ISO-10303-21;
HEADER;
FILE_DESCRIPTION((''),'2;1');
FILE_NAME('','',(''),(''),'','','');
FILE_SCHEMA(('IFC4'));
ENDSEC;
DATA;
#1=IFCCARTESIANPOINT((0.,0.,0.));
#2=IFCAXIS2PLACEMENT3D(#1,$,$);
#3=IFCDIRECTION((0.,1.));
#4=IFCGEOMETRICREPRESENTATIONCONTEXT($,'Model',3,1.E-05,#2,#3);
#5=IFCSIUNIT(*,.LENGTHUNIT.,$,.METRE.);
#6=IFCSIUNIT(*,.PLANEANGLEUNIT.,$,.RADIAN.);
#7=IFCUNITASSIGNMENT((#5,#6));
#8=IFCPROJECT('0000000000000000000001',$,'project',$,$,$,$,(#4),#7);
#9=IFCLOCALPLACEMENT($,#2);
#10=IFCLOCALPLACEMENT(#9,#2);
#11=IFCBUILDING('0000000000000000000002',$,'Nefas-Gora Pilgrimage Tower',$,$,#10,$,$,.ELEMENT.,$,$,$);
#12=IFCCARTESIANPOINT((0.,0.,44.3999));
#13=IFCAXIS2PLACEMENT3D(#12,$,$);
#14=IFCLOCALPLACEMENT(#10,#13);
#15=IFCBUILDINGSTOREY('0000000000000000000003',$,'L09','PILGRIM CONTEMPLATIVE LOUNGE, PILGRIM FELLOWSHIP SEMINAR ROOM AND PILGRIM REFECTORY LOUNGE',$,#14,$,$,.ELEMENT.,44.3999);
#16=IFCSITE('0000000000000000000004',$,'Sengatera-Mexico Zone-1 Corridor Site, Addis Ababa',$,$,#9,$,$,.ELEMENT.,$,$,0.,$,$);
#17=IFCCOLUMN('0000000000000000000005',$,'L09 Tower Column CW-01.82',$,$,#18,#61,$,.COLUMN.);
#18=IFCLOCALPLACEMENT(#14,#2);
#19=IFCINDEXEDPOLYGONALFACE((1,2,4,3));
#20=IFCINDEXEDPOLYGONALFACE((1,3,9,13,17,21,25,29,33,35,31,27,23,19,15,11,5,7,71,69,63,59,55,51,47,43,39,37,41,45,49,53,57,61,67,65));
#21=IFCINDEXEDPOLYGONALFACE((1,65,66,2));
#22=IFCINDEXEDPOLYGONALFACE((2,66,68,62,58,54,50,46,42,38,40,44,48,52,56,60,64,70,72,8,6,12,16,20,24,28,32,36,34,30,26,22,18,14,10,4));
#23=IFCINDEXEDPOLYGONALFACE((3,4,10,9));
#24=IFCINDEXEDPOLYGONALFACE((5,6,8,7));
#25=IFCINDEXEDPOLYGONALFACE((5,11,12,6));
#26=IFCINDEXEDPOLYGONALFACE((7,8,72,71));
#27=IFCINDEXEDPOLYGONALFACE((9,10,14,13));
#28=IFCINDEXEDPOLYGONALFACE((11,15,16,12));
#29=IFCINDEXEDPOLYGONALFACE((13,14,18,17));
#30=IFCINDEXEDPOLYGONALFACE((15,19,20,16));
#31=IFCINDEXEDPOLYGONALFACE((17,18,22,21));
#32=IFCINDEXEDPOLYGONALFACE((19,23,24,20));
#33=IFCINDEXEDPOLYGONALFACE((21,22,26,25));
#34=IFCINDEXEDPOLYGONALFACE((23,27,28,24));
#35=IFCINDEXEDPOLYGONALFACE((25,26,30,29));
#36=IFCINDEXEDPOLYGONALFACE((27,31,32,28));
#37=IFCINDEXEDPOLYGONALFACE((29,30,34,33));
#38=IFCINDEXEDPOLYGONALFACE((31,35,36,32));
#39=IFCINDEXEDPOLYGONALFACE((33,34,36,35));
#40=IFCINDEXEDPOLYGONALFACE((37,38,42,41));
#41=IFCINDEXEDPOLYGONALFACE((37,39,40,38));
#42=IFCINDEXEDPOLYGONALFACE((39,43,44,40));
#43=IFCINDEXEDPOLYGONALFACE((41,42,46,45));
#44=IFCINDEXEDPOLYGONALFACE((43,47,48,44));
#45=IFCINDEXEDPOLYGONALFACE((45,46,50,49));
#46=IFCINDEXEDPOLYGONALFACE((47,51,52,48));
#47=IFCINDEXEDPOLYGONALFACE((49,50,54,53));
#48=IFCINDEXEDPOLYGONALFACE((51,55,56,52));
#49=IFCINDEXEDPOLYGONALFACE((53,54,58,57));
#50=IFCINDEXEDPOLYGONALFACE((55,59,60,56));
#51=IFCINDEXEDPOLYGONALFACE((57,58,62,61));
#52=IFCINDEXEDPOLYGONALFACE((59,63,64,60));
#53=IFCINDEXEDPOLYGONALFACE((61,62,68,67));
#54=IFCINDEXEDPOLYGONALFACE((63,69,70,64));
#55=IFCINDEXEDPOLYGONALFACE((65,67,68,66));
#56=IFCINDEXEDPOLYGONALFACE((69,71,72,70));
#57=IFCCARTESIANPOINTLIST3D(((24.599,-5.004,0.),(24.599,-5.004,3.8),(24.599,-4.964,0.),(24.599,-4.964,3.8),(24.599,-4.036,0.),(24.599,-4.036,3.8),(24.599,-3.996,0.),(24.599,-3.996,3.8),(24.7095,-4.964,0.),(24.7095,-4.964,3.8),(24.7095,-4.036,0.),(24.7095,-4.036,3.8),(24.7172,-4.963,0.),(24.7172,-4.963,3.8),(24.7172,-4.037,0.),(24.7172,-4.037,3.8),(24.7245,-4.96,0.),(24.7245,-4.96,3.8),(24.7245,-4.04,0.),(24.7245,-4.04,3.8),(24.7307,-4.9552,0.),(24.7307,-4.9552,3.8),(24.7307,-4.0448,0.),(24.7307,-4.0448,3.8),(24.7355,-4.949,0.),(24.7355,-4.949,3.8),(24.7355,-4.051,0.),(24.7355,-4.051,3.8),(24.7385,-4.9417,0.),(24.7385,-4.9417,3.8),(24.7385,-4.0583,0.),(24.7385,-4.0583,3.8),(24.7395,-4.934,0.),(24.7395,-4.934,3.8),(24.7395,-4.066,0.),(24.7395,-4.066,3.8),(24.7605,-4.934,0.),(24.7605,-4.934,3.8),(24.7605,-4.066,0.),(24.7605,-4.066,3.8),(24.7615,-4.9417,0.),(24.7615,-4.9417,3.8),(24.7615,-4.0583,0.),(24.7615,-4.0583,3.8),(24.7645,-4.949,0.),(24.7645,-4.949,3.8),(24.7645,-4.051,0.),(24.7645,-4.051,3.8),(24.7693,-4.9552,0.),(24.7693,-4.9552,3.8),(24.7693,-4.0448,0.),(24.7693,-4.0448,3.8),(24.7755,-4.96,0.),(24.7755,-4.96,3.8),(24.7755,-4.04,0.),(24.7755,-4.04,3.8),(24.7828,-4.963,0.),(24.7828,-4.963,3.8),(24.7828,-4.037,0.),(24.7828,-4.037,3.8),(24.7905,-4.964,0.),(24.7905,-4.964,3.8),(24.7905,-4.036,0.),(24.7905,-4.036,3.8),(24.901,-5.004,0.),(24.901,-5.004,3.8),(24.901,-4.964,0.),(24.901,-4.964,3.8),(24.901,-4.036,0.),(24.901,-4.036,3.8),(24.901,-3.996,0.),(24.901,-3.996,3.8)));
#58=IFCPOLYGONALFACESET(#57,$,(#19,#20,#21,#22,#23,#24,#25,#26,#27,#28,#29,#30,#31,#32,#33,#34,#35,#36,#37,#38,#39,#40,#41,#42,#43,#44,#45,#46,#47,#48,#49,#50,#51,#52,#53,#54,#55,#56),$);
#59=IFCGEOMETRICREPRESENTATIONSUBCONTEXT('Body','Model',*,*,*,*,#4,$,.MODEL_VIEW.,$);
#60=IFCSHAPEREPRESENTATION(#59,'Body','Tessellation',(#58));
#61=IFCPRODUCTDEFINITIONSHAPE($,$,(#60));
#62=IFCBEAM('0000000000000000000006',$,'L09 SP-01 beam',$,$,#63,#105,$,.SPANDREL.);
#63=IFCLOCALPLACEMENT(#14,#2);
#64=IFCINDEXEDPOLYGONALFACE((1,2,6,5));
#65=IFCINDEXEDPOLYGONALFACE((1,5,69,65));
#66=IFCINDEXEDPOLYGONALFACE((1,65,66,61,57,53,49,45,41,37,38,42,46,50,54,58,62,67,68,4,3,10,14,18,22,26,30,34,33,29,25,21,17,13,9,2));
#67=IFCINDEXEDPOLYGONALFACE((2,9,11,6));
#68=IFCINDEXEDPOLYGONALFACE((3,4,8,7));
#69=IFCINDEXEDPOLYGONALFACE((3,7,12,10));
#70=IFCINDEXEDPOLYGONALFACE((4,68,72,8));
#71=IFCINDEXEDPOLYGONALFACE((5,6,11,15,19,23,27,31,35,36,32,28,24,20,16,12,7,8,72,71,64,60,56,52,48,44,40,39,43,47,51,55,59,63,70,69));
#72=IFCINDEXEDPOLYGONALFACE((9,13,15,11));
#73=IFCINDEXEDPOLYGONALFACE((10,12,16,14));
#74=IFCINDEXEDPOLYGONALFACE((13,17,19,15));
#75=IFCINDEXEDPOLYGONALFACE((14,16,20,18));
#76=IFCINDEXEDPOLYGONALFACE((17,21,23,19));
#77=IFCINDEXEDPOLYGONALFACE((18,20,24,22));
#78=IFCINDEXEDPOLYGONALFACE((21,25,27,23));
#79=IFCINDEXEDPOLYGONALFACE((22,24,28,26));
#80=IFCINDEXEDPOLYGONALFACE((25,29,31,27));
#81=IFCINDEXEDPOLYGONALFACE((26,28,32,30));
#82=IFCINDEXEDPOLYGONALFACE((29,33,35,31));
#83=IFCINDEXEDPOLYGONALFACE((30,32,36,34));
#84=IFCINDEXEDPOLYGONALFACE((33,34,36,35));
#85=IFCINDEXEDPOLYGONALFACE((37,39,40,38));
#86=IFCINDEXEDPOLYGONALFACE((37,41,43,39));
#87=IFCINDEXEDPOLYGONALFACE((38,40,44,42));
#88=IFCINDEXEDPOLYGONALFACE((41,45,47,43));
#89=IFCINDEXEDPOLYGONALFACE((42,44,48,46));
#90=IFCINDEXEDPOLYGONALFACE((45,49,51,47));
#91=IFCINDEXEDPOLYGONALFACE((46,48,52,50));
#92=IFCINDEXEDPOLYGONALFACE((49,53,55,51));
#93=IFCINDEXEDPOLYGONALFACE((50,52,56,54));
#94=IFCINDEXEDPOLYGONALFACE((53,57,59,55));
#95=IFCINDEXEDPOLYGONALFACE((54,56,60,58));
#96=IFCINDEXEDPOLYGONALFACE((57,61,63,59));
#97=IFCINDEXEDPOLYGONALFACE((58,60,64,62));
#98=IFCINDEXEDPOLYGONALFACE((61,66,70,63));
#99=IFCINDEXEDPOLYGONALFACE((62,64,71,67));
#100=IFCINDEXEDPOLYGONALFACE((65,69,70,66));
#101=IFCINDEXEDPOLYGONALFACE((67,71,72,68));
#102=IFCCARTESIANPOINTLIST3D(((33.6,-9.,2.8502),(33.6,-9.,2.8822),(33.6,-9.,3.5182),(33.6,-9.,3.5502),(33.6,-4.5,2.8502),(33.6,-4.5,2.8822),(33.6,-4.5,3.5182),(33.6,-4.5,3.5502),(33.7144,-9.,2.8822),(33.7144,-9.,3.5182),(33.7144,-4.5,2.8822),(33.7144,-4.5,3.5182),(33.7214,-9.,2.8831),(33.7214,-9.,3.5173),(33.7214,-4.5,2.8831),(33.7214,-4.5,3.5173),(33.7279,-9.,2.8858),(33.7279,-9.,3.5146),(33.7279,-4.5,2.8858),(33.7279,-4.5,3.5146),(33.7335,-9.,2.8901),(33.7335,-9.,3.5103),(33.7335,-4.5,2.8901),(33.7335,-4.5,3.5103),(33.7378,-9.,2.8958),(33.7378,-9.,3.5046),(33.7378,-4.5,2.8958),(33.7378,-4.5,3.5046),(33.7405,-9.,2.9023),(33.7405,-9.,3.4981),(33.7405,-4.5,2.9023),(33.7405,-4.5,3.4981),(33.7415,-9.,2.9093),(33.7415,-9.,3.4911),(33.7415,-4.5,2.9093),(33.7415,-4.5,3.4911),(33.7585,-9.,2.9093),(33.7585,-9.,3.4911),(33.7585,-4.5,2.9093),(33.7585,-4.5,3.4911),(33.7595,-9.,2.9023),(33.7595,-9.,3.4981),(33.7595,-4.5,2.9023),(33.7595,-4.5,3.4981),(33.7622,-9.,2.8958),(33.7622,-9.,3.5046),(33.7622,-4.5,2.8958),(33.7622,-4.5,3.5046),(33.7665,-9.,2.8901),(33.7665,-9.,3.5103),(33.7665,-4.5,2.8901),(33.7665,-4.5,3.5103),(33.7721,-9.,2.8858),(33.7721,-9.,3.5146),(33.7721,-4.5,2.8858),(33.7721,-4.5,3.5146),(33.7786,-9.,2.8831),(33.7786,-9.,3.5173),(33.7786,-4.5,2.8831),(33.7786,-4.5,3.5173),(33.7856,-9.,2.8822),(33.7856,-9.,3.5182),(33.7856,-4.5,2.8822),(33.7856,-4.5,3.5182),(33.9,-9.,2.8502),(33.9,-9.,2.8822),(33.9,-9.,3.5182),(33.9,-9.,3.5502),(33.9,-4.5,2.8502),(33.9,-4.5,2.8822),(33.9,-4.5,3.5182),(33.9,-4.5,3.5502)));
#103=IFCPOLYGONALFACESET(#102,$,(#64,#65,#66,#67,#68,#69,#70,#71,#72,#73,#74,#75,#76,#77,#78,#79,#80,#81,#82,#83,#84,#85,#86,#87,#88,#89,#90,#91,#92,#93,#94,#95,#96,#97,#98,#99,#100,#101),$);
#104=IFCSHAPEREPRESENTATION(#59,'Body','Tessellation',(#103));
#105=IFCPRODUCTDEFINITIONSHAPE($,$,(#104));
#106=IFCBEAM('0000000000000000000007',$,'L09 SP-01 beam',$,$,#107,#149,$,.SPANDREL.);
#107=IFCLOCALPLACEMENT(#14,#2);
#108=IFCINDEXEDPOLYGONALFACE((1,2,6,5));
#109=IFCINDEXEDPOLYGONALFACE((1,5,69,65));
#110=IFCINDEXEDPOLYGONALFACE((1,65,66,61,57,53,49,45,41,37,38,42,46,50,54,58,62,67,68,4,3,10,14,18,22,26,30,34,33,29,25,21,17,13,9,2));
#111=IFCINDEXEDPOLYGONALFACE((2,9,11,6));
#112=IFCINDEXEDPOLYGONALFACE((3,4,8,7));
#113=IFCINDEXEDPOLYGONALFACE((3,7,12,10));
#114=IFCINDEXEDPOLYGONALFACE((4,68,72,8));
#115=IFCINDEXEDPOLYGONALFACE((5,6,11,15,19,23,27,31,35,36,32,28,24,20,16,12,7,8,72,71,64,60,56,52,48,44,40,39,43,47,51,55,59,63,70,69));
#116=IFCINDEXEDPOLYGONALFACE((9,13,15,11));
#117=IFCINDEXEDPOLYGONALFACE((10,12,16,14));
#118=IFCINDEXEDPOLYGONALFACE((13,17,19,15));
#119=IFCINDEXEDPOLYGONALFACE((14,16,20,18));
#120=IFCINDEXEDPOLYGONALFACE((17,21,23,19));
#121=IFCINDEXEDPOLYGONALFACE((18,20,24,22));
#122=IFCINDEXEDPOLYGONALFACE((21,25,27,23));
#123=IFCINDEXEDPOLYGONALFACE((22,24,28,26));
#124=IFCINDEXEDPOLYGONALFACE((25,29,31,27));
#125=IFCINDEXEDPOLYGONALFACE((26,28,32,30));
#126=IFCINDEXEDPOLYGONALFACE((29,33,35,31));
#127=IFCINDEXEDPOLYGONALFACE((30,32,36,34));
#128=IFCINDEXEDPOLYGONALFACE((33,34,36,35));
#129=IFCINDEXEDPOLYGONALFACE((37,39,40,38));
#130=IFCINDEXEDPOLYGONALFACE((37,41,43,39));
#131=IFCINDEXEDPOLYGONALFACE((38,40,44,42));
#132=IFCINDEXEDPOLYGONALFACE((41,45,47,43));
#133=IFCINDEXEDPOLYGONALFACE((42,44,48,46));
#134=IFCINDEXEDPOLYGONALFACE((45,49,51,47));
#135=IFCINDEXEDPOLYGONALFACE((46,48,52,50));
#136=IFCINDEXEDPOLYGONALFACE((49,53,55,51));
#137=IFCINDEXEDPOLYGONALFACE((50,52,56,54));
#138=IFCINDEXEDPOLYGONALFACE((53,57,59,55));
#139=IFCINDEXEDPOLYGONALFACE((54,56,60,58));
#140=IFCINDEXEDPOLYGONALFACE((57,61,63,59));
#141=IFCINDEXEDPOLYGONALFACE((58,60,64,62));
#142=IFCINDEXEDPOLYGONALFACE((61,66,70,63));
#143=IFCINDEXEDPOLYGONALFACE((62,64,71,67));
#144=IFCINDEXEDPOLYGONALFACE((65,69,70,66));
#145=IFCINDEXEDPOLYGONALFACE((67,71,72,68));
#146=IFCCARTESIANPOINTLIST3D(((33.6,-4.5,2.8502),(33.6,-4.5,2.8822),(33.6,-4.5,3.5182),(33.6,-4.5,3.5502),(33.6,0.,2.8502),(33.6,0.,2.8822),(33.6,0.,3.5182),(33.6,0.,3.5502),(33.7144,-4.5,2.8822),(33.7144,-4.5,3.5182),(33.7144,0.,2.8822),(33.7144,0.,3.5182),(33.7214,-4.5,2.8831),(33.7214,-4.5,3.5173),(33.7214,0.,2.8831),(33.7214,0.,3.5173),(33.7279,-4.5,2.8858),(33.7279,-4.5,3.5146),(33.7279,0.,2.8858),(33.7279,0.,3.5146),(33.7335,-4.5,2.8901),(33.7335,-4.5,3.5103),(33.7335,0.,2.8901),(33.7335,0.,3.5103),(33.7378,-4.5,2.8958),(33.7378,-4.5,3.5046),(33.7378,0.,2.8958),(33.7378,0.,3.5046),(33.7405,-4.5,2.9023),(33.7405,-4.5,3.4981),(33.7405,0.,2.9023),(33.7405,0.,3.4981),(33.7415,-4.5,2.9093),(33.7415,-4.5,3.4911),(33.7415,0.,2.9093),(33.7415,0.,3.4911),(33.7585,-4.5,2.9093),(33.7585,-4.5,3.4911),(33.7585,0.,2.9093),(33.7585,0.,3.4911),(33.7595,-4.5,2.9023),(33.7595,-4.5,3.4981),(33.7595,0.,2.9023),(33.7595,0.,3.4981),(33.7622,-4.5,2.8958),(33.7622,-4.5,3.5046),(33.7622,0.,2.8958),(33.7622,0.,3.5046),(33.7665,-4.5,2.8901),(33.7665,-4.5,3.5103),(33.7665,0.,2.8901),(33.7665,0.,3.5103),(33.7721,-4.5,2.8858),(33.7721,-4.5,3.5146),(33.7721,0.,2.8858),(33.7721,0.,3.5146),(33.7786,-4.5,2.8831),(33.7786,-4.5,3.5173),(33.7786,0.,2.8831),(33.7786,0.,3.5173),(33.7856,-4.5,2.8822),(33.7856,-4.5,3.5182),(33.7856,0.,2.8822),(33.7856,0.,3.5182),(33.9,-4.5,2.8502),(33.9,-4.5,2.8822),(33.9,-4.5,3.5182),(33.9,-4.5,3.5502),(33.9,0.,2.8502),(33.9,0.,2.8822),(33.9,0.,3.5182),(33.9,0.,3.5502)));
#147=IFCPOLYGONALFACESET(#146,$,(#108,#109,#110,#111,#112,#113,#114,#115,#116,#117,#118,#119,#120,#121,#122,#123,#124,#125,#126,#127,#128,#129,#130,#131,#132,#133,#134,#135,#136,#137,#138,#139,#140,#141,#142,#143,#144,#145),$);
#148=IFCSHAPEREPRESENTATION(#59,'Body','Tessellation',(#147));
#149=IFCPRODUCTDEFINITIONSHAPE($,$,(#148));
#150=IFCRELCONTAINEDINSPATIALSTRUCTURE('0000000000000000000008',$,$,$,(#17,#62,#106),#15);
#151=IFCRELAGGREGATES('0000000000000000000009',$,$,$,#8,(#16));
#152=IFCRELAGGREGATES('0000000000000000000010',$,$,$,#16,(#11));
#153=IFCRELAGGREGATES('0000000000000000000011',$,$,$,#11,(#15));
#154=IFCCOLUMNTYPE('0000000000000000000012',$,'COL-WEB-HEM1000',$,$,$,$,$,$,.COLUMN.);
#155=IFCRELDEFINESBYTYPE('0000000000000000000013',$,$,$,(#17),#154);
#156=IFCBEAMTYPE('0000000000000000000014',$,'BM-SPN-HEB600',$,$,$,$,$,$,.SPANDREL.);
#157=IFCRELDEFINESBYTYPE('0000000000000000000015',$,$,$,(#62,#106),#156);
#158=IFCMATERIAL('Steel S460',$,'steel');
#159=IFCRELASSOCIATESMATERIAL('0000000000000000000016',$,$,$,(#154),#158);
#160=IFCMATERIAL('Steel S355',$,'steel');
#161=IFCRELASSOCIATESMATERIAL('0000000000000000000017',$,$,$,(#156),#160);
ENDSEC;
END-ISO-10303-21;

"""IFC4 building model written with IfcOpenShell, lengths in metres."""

from ifc_helpers import new_model, si_unit, direction, frame, origin, origin_2d, place, context, subcontext, project, spatial, i_section, extrude, source, transform, mapped, material, material_profile, profile_set, type_object, element, save


model = new_model("IFC4")

# Units and contexts
model_context = context("Model", 3, precision=1e-05, world=origin(), true_north=direction((0.0, 1.0)))
body_context = subcontext(model_context, "Body", "Model", "MODEL_VIEW")
ifc_project = project(units=[si_unit("LENGTHUNIT", "METRE"), si_unit("PLANEANGLEUNIT", "RADIAN")], contexts=[model_context])

# Site, building, storey
site_placement = place(None, origin())
site = spatial("IfcSite", under=ifc_project, at=site_placement, Name="Sengatera-Mexico Zone-1 Corridor Site, Addis Ababa", CompositionType="ELEMENT", RefElevation=0.0)
building_placement = place(site_placement, origin())
building = spatial("IfcBuilding", under=site, at=building_placement, Name="Nefas-Gora Pilgrimage Tower", CompositionType="ELEMENT")
storey_placement = place(building_placement, frame((0.0, 0.0, 44.3999)))
storey = spatial("IfcBuildingStorey", under=building, at=storey_placement, Name="L09", Description="PILGRIM CONTEMPLATIVE LOUNGE, PILGRIM FELLOWSHIP SEMINAR ROOM AND PILGRIM REFECTORY LOUNGE", CompositionType="ELEMENT", Elevation=44.3999)

# Column
ifc_material_1 = material(Name="Steel S460", Category="steel")
ifc_material_profile_1 = material_profile(ifc_material_1, i_section(OverallWidth=0.302, OverallDepth=1.0081, WebThickness=0.021, FlangeThickness=0.04, FilletRadius=0.03, at=origin_2d()), Name="HEM 1000")
ifc_profile_set_1 = profile_set([ifc_material_profile_1], Name="Steel S460")
column_type_1 = type_object("IfcColumnType", Name="COL-WEB-HEM1000", PredefinedType="COLUMN", material=ifc_profile_set_1)
shared_shape_1 = source(origin(), body_context, "Body", "SweptSolid", [
    extrude(i_section(OverallWidth=0.302, OverallDepth=1.0081, WebThickness=0.021, FlangeThickness=0.04, FilletRadius=0.03, at=origin_2d()), origin(), (0.0, 0.0, 1.0), 3.8),
])
for number, where, z_axis, x_axis, name in (
    (1, (24.75, -4.5, 0.0), (0.0, 0.0, 1.0), (1.0, 0.0, 0.0), "L09 Tower Column CW-01.82"),
):
    element("IfcColumn", number, at=place(storey_placement, frame(where, z_axis=z_axis, x_axis=x_axis)), inside=storey, type_object=column_type_1, Name=name, PredefinedType="COLUMN", context=body_context, shape_type="MappedRepresentation", body=[
        mapped(shared_shape_1, transform((0.0, 0.0, 0.0), x_axis=(1.0, 0.0, 0.0), y_axis=(0.0, 1.0, 0.0), z_axis=(0.0, 0.0, 1.0), scale=1.0)),
    ])

# Beams
ifc_material_2 = material(Name="Steel S355", Category="steel")
ifc_material_profile_2 = material_profile(ifc_material_2, i_section(OverallWidth=0.3, OverallDepth=0.7, WebThickness=0.0171, FlangeThickness=0.032, FilletRadius=0.0271, at=origin_2d()), Name="HEB 700")
ifc_profile_set_2 = profile_set([ifc_material_profile_2], Name="Steel S355")
beam_type_1 = type_object("IfcBeamType", Name="BM-SPN-HEB600", PredefinedType="SPANDREL", material=ifc_profile_set_2)
shared_shape_2 = source(origin(), body_context, "Body", "SweptSolid", [
    extrude(i_section(OverallWidth=0.3, OverallDepth=0.7, WebThickness=0.0171, FlangeThickness=0.032, FilletRadius=0.0271, at=origin_2d()), origin(), (0.0, 0.0, 1.0), 4.5),
])
for number, where, z_axis, x_axis, name in (
    (2, (33.75, -9.0, 3.2002), (0.0, 1.0, 0.0), (-1.0, 0.0, 0.0), "L09 SP-01 beam"),
    (3, (33.75, -4.5, 3.2002), (0.0, 1.0, 0.0), (-1.0, 0.0, 0.0), "L09 SP-01 beam"),
):
    element("IfcBeam", number, at=place(storey_placement, frame(where, z_axis=z_axis, x_axis=x_axis)), inside=storey, type_object=beam_type_1, Name=name, PredefinedType="SPANDREL", context=body_context, shape_type="MappedRepresentation", body=[
        mapped(shared_shape_2, transform((0.0, 0.0, 0.0), x_axis=(1.0, 0.0, 0.0), y_axis=(0.0, 1.0, 0.0), z_axis=(0.0, 0.0, 1.0), scale=1.0)),
    ])

save(model, "model.ifc")
